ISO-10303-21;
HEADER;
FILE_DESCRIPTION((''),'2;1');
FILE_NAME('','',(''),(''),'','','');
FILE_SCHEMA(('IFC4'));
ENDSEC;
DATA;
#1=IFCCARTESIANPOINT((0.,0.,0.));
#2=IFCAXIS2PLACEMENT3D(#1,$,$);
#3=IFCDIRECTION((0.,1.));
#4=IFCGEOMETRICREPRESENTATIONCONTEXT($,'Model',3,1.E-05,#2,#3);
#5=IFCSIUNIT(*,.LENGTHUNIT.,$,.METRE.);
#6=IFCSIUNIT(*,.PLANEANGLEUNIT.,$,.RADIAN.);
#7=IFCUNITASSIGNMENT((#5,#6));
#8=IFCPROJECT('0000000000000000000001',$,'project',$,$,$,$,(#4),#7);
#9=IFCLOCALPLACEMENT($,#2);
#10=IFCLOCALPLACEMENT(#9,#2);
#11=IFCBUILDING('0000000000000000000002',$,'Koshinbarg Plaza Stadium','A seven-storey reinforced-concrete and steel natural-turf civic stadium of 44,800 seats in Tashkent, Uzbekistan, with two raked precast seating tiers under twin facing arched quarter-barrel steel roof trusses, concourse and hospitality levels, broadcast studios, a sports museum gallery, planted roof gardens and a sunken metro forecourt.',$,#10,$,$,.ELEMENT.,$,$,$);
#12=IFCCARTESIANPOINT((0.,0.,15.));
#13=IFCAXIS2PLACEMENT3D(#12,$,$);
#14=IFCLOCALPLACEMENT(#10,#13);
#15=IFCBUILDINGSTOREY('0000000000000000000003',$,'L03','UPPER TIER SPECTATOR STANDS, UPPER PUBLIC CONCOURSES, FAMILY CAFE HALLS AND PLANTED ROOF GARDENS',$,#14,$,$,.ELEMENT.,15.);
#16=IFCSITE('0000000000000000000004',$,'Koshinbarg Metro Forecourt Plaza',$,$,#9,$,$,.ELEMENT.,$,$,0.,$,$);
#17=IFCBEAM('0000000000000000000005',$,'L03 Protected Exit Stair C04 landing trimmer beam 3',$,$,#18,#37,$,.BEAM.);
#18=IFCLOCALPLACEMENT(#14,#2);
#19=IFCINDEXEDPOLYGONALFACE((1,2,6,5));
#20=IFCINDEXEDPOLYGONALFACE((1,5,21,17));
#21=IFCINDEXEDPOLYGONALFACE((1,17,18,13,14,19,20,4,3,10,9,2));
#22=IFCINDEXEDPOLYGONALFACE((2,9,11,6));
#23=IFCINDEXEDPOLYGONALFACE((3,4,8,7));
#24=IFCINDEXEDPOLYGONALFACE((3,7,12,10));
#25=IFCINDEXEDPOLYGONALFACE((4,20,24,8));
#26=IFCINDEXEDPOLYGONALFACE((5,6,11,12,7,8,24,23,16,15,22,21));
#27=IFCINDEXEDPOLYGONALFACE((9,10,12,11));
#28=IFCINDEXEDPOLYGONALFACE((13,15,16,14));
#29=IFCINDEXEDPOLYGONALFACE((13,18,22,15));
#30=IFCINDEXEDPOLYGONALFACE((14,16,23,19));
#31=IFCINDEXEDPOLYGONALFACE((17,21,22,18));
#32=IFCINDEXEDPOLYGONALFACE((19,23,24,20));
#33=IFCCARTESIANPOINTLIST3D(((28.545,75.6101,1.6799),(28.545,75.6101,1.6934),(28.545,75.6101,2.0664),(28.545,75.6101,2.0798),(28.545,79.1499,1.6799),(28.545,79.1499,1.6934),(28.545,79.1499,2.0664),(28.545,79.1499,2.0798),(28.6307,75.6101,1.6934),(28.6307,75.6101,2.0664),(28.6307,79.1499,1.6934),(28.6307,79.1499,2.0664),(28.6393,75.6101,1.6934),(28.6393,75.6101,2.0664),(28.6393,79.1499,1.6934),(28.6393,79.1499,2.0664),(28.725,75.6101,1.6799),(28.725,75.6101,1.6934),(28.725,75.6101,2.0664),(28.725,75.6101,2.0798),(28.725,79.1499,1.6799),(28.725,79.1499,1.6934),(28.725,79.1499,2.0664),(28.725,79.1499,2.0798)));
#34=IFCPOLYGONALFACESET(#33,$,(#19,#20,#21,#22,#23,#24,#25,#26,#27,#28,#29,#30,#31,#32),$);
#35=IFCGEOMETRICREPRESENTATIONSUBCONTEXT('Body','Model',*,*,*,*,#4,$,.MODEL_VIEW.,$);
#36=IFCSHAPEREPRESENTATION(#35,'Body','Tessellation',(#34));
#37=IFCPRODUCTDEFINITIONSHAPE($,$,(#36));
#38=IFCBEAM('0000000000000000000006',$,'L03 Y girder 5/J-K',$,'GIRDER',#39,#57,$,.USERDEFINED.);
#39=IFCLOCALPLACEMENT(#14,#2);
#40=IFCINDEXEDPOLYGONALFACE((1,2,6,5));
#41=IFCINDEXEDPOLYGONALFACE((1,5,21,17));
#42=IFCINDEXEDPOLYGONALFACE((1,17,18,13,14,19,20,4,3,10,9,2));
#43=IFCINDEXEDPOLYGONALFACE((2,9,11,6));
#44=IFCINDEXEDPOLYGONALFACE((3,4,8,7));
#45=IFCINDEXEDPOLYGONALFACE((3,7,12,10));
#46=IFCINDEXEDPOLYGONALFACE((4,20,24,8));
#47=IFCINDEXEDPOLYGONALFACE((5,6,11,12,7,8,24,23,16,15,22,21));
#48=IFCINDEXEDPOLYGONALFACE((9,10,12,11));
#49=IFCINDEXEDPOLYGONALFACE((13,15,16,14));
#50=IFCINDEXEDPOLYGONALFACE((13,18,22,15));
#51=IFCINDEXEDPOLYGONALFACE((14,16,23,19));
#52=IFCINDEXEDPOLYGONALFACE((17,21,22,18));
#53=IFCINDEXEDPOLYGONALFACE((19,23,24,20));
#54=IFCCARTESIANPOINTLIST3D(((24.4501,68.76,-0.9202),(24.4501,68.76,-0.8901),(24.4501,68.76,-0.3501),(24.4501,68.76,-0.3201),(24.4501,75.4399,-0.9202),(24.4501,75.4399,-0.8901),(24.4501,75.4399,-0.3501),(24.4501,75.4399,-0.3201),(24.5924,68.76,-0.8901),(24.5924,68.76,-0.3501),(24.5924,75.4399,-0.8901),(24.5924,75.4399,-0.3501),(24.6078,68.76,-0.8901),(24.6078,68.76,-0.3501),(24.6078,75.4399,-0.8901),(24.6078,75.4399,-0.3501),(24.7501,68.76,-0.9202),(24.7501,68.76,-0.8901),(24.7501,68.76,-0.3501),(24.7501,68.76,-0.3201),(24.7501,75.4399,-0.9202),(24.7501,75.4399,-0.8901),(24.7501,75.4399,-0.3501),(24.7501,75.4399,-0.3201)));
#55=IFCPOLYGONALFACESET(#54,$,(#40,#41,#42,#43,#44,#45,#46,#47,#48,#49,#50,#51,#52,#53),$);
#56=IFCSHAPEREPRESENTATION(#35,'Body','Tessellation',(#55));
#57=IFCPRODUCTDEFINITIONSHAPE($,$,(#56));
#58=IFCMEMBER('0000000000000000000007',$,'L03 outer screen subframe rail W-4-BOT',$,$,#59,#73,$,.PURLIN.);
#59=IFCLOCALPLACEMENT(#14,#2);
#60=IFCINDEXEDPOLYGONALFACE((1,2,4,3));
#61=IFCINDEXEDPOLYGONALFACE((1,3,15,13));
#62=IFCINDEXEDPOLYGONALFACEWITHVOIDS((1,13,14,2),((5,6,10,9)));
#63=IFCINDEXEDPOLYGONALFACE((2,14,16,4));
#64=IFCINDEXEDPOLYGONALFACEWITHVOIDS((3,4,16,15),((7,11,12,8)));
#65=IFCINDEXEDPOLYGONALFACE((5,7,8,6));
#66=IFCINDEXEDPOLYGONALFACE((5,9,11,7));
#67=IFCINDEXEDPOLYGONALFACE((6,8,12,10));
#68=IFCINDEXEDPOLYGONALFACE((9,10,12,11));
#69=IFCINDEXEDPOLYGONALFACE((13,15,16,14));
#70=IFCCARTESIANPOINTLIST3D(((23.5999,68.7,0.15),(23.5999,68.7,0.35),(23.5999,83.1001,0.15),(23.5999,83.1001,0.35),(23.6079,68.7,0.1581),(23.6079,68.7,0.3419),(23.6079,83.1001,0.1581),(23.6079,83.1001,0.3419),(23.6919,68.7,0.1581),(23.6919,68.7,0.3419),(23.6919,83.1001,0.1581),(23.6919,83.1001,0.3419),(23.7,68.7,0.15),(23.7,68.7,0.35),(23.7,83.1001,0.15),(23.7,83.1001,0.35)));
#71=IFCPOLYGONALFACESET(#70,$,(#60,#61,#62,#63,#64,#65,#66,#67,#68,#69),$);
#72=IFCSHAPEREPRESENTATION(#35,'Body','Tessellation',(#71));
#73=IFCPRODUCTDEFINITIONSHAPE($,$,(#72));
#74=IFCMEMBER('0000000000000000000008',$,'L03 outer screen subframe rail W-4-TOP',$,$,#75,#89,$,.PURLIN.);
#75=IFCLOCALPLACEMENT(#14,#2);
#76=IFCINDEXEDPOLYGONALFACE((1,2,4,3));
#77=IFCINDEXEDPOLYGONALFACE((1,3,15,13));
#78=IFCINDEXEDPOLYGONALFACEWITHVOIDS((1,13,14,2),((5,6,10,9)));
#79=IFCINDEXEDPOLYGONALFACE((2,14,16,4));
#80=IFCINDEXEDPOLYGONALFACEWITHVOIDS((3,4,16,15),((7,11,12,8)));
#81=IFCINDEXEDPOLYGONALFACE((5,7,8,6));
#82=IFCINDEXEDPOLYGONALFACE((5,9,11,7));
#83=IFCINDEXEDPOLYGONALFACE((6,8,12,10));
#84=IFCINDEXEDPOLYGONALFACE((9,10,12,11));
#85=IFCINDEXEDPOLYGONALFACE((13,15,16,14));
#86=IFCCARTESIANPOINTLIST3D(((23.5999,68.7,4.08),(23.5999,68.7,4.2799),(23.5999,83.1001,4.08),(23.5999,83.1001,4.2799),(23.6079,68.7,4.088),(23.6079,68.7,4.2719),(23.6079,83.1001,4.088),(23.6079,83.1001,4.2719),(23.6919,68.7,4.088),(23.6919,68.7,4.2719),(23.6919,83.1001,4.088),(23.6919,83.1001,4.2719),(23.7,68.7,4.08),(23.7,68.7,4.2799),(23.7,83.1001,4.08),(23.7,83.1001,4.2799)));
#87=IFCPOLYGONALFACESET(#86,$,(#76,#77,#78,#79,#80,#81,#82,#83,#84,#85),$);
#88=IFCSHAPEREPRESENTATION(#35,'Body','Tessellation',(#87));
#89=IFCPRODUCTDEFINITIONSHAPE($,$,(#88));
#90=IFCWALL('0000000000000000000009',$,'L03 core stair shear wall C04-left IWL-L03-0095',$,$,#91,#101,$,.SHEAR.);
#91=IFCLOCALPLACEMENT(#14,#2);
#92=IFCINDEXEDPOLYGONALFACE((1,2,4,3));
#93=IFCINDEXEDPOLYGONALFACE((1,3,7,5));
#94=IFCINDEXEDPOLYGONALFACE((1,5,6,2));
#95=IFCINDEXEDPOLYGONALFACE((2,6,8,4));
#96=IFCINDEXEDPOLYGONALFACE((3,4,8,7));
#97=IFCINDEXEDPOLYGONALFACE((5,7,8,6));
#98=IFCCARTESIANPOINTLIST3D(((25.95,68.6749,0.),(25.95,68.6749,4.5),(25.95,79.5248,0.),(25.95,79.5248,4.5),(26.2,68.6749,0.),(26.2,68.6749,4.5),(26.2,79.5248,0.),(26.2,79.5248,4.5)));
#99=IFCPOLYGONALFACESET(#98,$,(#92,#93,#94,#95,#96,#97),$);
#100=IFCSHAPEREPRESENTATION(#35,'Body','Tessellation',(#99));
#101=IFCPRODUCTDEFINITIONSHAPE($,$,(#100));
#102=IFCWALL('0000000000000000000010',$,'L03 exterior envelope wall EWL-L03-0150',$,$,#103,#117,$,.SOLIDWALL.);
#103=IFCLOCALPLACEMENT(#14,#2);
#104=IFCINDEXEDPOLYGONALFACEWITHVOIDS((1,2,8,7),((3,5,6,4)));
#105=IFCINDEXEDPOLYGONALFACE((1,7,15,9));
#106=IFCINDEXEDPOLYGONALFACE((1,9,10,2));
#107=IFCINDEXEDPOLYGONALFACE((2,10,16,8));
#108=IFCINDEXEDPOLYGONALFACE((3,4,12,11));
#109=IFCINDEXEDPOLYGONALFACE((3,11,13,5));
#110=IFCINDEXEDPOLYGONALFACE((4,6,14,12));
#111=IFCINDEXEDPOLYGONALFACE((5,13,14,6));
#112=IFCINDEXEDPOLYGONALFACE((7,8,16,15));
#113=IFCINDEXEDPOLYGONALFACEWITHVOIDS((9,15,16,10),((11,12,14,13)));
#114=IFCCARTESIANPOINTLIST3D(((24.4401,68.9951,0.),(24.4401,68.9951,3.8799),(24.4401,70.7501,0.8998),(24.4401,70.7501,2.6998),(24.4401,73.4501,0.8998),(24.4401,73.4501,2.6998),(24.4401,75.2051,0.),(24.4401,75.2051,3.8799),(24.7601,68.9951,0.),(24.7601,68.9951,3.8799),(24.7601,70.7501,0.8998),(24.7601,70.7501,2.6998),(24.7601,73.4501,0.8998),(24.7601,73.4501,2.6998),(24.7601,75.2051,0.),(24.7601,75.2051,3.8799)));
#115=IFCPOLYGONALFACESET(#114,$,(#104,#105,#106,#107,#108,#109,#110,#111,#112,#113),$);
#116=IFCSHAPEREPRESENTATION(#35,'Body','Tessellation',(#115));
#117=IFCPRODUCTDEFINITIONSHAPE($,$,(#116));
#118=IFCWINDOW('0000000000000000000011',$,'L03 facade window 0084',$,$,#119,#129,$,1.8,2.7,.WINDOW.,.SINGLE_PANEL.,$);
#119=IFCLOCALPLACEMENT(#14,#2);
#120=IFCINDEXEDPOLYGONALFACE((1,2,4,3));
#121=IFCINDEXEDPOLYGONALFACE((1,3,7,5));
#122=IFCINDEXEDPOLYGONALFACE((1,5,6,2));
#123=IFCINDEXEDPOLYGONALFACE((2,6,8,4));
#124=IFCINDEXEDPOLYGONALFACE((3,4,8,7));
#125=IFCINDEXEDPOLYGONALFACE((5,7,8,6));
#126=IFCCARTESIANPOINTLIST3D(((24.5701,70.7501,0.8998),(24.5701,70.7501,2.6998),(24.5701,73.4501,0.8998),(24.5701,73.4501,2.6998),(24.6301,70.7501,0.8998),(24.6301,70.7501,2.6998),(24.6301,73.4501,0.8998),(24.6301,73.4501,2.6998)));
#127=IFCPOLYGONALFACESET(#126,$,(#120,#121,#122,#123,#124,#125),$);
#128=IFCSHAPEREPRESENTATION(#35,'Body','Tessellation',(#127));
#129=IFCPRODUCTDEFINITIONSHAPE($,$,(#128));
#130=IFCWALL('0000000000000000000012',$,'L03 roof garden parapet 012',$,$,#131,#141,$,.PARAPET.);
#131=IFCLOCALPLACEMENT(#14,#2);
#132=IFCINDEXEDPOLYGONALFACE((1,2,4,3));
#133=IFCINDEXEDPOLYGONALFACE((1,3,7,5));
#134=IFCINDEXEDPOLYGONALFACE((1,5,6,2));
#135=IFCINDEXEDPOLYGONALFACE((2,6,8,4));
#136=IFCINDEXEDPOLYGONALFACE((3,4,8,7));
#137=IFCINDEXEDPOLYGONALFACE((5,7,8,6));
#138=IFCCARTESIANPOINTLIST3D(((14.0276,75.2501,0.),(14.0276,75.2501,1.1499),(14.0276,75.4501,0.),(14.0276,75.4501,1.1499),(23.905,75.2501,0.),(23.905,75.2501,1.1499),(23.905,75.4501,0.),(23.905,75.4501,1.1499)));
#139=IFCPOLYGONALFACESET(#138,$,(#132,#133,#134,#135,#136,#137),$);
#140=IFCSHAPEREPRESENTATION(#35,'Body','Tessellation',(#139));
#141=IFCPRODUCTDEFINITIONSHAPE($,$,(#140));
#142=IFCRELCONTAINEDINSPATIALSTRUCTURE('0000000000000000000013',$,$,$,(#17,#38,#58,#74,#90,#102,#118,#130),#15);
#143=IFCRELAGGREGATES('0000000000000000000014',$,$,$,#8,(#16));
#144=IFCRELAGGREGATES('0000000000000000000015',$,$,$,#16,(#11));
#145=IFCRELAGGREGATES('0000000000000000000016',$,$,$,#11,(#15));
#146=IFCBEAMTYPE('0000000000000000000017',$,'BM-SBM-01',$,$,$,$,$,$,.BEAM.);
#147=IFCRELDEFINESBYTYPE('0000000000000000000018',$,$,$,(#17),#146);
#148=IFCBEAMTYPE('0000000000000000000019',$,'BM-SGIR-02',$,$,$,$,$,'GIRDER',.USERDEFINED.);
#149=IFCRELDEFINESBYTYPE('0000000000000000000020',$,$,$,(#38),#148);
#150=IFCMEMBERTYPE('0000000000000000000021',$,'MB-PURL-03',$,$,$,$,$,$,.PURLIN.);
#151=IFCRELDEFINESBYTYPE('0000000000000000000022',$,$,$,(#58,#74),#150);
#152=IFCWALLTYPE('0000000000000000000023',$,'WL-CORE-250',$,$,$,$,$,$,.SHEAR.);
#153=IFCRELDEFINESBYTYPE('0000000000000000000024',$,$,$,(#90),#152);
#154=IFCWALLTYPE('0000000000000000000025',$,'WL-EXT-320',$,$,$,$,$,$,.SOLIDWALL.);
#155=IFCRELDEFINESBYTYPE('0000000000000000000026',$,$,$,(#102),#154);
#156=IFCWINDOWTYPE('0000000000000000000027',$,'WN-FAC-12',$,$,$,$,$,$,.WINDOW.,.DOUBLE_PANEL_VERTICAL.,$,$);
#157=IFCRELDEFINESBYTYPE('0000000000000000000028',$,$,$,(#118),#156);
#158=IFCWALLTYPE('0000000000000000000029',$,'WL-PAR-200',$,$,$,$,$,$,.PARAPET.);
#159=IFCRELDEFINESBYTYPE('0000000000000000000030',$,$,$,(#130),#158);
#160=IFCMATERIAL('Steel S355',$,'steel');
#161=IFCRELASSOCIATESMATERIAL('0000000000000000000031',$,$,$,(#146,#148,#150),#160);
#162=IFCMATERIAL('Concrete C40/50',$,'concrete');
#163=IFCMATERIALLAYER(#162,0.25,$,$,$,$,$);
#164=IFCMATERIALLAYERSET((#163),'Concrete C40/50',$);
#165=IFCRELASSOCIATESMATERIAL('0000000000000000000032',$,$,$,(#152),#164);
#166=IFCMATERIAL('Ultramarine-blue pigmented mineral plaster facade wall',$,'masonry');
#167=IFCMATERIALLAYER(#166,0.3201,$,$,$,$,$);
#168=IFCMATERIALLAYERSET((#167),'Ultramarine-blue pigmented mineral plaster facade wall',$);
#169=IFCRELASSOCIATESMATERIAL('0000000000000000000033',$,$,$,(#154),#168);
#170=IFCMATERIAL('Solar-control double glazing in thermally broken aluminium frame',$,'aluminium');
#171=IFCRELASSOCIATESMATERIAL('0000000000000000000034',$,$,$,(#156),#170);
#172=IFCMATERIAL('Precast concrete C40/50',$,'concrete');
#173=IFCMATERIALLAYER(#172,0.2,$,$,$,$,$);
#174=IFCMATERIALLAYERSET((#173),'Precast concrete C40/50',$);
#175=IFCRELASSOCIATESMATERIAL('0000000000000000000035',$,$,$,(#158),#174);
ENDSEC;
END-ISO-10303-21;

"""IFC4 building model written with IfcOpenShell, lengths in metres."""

from ifc_helpers import new_model, si_unit, direction, frame, frame_2d, origin, origin_2d, place, context, subcontext, project, spatial, rectangle, hollow_rectangle, i_section, extrude, material, layer, layer_set, material_profile, profile_set, type_object, element, fill, save


model = new_model("IFC4")

# Units and contexts
model_context = context("Model", 3, precision=1e-05, world=origin(), true_north=direction((0.0, 1.0)))
body_context = subcontext(model_context, "Body", "Model", "MODEL_VIEW")
ifc_project = project(units=[si_unit("LENGTHUNIT", "METRE"), si_unit("PLANEANGLEUNIT", "RADIAN")], contexts=[model_context])

# Site, building, storey
site_placement = place(None, origin())
site = spatial("IfcSite", under=ifc_project, at=site_placement, Name="Koshinbarg Metro Forecourt Plaza", CompositionType="ELEMENT", RefElevation=0.0)
building_placement = place(site_placement, origin())
building = spatial("IfcBuilding", under=site, at=building_placement, Name="Koshinbarg Plaza Stadium", Description="A seven-storey reinforced-concrete and steel natural-turf civic stadium of 44,800 seats in Tashkent, Uzbekistan, with two raked precast seating tiers under twin facing arched quarter-barrel steel roof trusses, concourse and hospitality levels, broadcast studios, a sports museum gallery, planted roof gardens and a sunken metro forecourt.", CompositionType="ELEMENT")
storey_placement = place(building_placement, frame((0.0, 0.0, 15.0)))
storey = spatial("IfcBuildingStorey", under=building, at=storey_placement, Name="L03", Description="UPPER TIER SPECTATOR STANDS, UPPER PUBLIC CONCOURSES, FAMILY CAFE HALLS AND PLANTED ROOF GARDENS", CompositionType="ELEMENT", Elevation=15.0)

# Shared definitions
ifc_material_1 = material(Name="Concrete C40/50", Category="concrete")

# Beams
ifc_material_2 = material(Name="Steel S355", Category="steel")
ifc_material_profile_1 = material_profile(ifc_material_2, i_section(OverallWidth=0.1799, OverallDepth=0.3999, WebThickness=0.0085, FlangeThickness=0.0134, at=origin_2d()), Name="IPE 400")
ifc_profile_set_1 = profile_set([ifc_material_profile_1], Name="Steel S355")
beam_type_1 = type_object("IfcBeamType", Name="BM-SBM-01", PredefinedType="BEAM", material=ifc_profile_set_1)
beam_1_placement = place(storey_placement, frame((28.635, 75.6101, 1.8799), z_axis=(0.0, 1.0, 0.0), x_axis=(-1.0, 0.0, 0.0)))
element("IfcBeam", 1, at=beam_1_placement, inside=storey, type_object=beam_type_1, Name="L03 Protected Exit Stair C04 landing trimmer beam 3", PredefinedType="BEAM", context=body_context, shape_type="SweptSolid", body=[
    extrude(i_section(OverallWidth=0.1799, OverallDepth=0.3999, WebThickness=0.0085, FlangeThickness=0.0134, at=origin_2d()), origin(), (0.0, 0.0, 1.0), 3.5398),
])
ifc_material_profile_2 = material_profile(ifc_material_2, i_section(OverallWidth=0.3, OverallDepth=0.6001, WebThickness=0.0154, FlangeThickness=0.03, at=origin_2d()), Name="HEB 600")
ifc_profile_set_2 = profile_set([ifc_material_profile_2], Name="Steel S355")
beam_type_2 = type_object("IfcBeamType", Name="BM-SGIR-02", ElementType="GIRDER", PredefinedType="USERDEFINED", material=ifc_profile_set_2)
beam_2_placement = place(storey_placement, frame((24.6001, 68.76, -0.6201), z_axis=(0.0, 1.0, 0.0), x_axis=(-1.0, 0.0, 0.0)))
element("IfcBeam", 2, at=beam_2_placement, inside=storey, type_object=beam_type_2, Name="L03 Y girder 5/J-K", ObjectType="GIRDER", PredefinedType="USERDEFINED", context=body_context, shape_type="SweptSolid", body=[
    extrude(i_section(OverallWidth=0.3, OverallDepth=0.6001, WebThickness=0.0154, FlangeThickness=0.03, at=origin_2d()), origin(), (0.0, 0.0, 1.0), 6.6799),
])

# Members
ifc_material_profile_3 = material_profile(ifc_material_2, hollow_rectangle(XDim=0.1001, YDim=0.2, WallThickness=0.0081, at=origin_2d()), Name="RHS 200x100x8")
ifc_profile_set_3 = profile_set([ifc_material_profile_3], Name="Steel S355")
member_type = type_object("IfcMemberType", Name="MB-PURL-03", PredefinedType="PURLIN", material=ifc_profile_set_3)
for number, where, z_axis, x_axis, name in (
    (3, (23.6499, 68.7, 0.25), (0.0, 1.0, 0.0), (-1.0, 0.0, 0.0), "L03 outer screen subframe rail W-4-BOT"),
    (4, (23.6499, 68.7, 4.1799), (0.0, 1.0, 0.0), (-1.0, 0.0, 0.0), "L03 outer screen subframe rail W-4-TOP"),
):
    element("IfcMember", number, at=place(storey_placement, frame(where, z_axis=z_axis, x_axis=x_axis)), inside=storey, type_object=member_type, Name=name, PredefinedType="PURLIN", context=body_context, shape_type="SweptSolid", body=[
        extrude(hollow_rectangle(XDim=0.1001, YDim=0.2, WallThickness=0.0081, at=origin_2d()), origin(), (0.0, 0.0, 1.0), 14.4001),
    ])

# Wall
ifc_layer_1 = layer(ifc_material_1, 0.25)
ifc_layer_set_1 = layer_set([ifc_layer_1], Name="Concrete C40/50")
wall_type_1 = type_object("IfcWallType", Name="WL-CORE-250", PredefinedType="SHEAR", material=ifc_layer_set_1)
wall_1_placement = place(storey_placement, frame((26.075, 68.675, 0.0), z_axis=(0.0, 0.0, 1.0), x_axis=(0.0, 1.0, 0.0)))
element("IfcWall", 5, at=wall_1_placement, inside=storey, type_object=wall_type_1, Name="L03 core stair shear wall C04-left IWL-L03-0095", PredefinedType="SHEAR", context=body_context, shape_type="SweptSolid", body=[
    extrude(rectangle(XDim=10.8499, YDim=0.25, at=frame_2d((5.4248, 0.0))), origin(), (0.0, 0.0, 1.0), 4.5),
])

# Wall, opening, window
ifc_material_3 = material(Name="Ultramarine-blue pigmented mineral plaster facade wall", Category="masonry")
ifc_layer_2 = layer(ifc_material_3, 0.3201)
ifc_layer_set_2 = layer_set([ifc_layer_2], Name="Ultramarine-blue pigmented mineral plaster facade wall")
wall_type_2 = type_object("IfcWallType", Name="WL-EXT-320", PredefinedType="SOLIDWALL", material=ifc_layer_set_2)
wall_2_placement = place(storey_placement, frame((24.6001, 68.9951, 0.0), z_axis=(0.0, 0.0, 1.0), x_axis=(0.0, 1.0, 0.0)))
wall_2 = element("IfcWall", 6, at=wall_2_placement, inside=storey, type_object=wall_type_2, Name="L03 exterior envelope wall EWL-L03-0150", PredefinedType="SOLIDWALL", context=body_context, shape_type="SweptSolid", body=[
    extrude(rectangle(XDim=6.21, YDim=0.3201, at=frame_2d((3.105, 0.0))), origin(), (0.0, 0.0, 1.0), 3.8799),
])
opening_placement = place(wall_2_placement, frame((1.7549, 0.0, 0.8999)))
opening = element("IfcOpeningElement", 7, at=opening_placement, cuts=wall_2, PredefinedType="OPENING", context=body_context, shape_type="SweptSolid", body=[
    extrude(rectangle(XDim=2.7, YDim=1.8, at=frame_2d((1.3501, 0.8999))), frame((0.0, 0.1699, 0.0), z_axis=(0.0, -1.0, 0.0), x_axis=(1.0, 0.0, 0.0)), (0.0, 0.0, 1.0), 0.3401),
])
ifc_material_4 = material(Name="Solar-control double glazing in thermally broken aluminium frame", Category="aluminium")
window_type = type_object("IfcWindowType", Name="WN-FAC-12", PartitioningType="DOUBLE_PANEL_VERTICAL", PredefinedType="WINDOW", material=ifc_material_4)
window_placement = place(opening_placement, origin())
window = element("IfcWindow", 8, at=window_placement, inside=storey, type_object=window_type, Name="L03 facade window 0084", OverallHeight=1.8, OverallWidth=2.7, PartitioningType="SINGLE_PANEL", PredefinedType="WINDOW", context=body_context, shape_type="SweptSolid", body=[
    extrude(rectangle(XDim=2.7, YDim=1.8, at=frame_2d((1.3501, 0.8999))), frame((0.0, 0.03, 0.0), z_axis=(0.0, -1.0, 0.0), x_axis=(1.0, 0.0, 0.0)), (0.0, 0.0, 1.0), 0.0601),
])
fill(opening, window)

# Wall
ifc_material_5 = material(Name="Precast concrete C40/50", Category="concrete")
ifc_layer_3 = layer(ifc_material_5, 0.2)
ifc_layer_set_3 = layer_set([ifc_layer_3], Name="Precast concrete C40/50")
wall_type_3 = type_object("IfcWallType", Name="WL-PAR-200", PredefinedType="PARAPET", material=ifc_layer_set_3)
wall_3_placement = place(storey_placement, frame((23.905, 75.3501, 0.0), z_axis=(0.0, 0.0, 1.0), x_axis=(-1.0, 0.0, 0.0)))
element("IfcWall", 9, at=wall_3_placement, inside=storey, type_object=wall_type_3, Name="L03 roof garden parapet 012", PredefinedType="PARAPET", context=body_context, shape_type="SweptSolid", body=[
    extrude(rectangle(XDim=9.8774, YDim=0.2, at=frame_2d((4.9387, 0.0))), origin(), (0.0, 0.0, 1.0), 1.1499),
])

save(model, "model.ifc")
